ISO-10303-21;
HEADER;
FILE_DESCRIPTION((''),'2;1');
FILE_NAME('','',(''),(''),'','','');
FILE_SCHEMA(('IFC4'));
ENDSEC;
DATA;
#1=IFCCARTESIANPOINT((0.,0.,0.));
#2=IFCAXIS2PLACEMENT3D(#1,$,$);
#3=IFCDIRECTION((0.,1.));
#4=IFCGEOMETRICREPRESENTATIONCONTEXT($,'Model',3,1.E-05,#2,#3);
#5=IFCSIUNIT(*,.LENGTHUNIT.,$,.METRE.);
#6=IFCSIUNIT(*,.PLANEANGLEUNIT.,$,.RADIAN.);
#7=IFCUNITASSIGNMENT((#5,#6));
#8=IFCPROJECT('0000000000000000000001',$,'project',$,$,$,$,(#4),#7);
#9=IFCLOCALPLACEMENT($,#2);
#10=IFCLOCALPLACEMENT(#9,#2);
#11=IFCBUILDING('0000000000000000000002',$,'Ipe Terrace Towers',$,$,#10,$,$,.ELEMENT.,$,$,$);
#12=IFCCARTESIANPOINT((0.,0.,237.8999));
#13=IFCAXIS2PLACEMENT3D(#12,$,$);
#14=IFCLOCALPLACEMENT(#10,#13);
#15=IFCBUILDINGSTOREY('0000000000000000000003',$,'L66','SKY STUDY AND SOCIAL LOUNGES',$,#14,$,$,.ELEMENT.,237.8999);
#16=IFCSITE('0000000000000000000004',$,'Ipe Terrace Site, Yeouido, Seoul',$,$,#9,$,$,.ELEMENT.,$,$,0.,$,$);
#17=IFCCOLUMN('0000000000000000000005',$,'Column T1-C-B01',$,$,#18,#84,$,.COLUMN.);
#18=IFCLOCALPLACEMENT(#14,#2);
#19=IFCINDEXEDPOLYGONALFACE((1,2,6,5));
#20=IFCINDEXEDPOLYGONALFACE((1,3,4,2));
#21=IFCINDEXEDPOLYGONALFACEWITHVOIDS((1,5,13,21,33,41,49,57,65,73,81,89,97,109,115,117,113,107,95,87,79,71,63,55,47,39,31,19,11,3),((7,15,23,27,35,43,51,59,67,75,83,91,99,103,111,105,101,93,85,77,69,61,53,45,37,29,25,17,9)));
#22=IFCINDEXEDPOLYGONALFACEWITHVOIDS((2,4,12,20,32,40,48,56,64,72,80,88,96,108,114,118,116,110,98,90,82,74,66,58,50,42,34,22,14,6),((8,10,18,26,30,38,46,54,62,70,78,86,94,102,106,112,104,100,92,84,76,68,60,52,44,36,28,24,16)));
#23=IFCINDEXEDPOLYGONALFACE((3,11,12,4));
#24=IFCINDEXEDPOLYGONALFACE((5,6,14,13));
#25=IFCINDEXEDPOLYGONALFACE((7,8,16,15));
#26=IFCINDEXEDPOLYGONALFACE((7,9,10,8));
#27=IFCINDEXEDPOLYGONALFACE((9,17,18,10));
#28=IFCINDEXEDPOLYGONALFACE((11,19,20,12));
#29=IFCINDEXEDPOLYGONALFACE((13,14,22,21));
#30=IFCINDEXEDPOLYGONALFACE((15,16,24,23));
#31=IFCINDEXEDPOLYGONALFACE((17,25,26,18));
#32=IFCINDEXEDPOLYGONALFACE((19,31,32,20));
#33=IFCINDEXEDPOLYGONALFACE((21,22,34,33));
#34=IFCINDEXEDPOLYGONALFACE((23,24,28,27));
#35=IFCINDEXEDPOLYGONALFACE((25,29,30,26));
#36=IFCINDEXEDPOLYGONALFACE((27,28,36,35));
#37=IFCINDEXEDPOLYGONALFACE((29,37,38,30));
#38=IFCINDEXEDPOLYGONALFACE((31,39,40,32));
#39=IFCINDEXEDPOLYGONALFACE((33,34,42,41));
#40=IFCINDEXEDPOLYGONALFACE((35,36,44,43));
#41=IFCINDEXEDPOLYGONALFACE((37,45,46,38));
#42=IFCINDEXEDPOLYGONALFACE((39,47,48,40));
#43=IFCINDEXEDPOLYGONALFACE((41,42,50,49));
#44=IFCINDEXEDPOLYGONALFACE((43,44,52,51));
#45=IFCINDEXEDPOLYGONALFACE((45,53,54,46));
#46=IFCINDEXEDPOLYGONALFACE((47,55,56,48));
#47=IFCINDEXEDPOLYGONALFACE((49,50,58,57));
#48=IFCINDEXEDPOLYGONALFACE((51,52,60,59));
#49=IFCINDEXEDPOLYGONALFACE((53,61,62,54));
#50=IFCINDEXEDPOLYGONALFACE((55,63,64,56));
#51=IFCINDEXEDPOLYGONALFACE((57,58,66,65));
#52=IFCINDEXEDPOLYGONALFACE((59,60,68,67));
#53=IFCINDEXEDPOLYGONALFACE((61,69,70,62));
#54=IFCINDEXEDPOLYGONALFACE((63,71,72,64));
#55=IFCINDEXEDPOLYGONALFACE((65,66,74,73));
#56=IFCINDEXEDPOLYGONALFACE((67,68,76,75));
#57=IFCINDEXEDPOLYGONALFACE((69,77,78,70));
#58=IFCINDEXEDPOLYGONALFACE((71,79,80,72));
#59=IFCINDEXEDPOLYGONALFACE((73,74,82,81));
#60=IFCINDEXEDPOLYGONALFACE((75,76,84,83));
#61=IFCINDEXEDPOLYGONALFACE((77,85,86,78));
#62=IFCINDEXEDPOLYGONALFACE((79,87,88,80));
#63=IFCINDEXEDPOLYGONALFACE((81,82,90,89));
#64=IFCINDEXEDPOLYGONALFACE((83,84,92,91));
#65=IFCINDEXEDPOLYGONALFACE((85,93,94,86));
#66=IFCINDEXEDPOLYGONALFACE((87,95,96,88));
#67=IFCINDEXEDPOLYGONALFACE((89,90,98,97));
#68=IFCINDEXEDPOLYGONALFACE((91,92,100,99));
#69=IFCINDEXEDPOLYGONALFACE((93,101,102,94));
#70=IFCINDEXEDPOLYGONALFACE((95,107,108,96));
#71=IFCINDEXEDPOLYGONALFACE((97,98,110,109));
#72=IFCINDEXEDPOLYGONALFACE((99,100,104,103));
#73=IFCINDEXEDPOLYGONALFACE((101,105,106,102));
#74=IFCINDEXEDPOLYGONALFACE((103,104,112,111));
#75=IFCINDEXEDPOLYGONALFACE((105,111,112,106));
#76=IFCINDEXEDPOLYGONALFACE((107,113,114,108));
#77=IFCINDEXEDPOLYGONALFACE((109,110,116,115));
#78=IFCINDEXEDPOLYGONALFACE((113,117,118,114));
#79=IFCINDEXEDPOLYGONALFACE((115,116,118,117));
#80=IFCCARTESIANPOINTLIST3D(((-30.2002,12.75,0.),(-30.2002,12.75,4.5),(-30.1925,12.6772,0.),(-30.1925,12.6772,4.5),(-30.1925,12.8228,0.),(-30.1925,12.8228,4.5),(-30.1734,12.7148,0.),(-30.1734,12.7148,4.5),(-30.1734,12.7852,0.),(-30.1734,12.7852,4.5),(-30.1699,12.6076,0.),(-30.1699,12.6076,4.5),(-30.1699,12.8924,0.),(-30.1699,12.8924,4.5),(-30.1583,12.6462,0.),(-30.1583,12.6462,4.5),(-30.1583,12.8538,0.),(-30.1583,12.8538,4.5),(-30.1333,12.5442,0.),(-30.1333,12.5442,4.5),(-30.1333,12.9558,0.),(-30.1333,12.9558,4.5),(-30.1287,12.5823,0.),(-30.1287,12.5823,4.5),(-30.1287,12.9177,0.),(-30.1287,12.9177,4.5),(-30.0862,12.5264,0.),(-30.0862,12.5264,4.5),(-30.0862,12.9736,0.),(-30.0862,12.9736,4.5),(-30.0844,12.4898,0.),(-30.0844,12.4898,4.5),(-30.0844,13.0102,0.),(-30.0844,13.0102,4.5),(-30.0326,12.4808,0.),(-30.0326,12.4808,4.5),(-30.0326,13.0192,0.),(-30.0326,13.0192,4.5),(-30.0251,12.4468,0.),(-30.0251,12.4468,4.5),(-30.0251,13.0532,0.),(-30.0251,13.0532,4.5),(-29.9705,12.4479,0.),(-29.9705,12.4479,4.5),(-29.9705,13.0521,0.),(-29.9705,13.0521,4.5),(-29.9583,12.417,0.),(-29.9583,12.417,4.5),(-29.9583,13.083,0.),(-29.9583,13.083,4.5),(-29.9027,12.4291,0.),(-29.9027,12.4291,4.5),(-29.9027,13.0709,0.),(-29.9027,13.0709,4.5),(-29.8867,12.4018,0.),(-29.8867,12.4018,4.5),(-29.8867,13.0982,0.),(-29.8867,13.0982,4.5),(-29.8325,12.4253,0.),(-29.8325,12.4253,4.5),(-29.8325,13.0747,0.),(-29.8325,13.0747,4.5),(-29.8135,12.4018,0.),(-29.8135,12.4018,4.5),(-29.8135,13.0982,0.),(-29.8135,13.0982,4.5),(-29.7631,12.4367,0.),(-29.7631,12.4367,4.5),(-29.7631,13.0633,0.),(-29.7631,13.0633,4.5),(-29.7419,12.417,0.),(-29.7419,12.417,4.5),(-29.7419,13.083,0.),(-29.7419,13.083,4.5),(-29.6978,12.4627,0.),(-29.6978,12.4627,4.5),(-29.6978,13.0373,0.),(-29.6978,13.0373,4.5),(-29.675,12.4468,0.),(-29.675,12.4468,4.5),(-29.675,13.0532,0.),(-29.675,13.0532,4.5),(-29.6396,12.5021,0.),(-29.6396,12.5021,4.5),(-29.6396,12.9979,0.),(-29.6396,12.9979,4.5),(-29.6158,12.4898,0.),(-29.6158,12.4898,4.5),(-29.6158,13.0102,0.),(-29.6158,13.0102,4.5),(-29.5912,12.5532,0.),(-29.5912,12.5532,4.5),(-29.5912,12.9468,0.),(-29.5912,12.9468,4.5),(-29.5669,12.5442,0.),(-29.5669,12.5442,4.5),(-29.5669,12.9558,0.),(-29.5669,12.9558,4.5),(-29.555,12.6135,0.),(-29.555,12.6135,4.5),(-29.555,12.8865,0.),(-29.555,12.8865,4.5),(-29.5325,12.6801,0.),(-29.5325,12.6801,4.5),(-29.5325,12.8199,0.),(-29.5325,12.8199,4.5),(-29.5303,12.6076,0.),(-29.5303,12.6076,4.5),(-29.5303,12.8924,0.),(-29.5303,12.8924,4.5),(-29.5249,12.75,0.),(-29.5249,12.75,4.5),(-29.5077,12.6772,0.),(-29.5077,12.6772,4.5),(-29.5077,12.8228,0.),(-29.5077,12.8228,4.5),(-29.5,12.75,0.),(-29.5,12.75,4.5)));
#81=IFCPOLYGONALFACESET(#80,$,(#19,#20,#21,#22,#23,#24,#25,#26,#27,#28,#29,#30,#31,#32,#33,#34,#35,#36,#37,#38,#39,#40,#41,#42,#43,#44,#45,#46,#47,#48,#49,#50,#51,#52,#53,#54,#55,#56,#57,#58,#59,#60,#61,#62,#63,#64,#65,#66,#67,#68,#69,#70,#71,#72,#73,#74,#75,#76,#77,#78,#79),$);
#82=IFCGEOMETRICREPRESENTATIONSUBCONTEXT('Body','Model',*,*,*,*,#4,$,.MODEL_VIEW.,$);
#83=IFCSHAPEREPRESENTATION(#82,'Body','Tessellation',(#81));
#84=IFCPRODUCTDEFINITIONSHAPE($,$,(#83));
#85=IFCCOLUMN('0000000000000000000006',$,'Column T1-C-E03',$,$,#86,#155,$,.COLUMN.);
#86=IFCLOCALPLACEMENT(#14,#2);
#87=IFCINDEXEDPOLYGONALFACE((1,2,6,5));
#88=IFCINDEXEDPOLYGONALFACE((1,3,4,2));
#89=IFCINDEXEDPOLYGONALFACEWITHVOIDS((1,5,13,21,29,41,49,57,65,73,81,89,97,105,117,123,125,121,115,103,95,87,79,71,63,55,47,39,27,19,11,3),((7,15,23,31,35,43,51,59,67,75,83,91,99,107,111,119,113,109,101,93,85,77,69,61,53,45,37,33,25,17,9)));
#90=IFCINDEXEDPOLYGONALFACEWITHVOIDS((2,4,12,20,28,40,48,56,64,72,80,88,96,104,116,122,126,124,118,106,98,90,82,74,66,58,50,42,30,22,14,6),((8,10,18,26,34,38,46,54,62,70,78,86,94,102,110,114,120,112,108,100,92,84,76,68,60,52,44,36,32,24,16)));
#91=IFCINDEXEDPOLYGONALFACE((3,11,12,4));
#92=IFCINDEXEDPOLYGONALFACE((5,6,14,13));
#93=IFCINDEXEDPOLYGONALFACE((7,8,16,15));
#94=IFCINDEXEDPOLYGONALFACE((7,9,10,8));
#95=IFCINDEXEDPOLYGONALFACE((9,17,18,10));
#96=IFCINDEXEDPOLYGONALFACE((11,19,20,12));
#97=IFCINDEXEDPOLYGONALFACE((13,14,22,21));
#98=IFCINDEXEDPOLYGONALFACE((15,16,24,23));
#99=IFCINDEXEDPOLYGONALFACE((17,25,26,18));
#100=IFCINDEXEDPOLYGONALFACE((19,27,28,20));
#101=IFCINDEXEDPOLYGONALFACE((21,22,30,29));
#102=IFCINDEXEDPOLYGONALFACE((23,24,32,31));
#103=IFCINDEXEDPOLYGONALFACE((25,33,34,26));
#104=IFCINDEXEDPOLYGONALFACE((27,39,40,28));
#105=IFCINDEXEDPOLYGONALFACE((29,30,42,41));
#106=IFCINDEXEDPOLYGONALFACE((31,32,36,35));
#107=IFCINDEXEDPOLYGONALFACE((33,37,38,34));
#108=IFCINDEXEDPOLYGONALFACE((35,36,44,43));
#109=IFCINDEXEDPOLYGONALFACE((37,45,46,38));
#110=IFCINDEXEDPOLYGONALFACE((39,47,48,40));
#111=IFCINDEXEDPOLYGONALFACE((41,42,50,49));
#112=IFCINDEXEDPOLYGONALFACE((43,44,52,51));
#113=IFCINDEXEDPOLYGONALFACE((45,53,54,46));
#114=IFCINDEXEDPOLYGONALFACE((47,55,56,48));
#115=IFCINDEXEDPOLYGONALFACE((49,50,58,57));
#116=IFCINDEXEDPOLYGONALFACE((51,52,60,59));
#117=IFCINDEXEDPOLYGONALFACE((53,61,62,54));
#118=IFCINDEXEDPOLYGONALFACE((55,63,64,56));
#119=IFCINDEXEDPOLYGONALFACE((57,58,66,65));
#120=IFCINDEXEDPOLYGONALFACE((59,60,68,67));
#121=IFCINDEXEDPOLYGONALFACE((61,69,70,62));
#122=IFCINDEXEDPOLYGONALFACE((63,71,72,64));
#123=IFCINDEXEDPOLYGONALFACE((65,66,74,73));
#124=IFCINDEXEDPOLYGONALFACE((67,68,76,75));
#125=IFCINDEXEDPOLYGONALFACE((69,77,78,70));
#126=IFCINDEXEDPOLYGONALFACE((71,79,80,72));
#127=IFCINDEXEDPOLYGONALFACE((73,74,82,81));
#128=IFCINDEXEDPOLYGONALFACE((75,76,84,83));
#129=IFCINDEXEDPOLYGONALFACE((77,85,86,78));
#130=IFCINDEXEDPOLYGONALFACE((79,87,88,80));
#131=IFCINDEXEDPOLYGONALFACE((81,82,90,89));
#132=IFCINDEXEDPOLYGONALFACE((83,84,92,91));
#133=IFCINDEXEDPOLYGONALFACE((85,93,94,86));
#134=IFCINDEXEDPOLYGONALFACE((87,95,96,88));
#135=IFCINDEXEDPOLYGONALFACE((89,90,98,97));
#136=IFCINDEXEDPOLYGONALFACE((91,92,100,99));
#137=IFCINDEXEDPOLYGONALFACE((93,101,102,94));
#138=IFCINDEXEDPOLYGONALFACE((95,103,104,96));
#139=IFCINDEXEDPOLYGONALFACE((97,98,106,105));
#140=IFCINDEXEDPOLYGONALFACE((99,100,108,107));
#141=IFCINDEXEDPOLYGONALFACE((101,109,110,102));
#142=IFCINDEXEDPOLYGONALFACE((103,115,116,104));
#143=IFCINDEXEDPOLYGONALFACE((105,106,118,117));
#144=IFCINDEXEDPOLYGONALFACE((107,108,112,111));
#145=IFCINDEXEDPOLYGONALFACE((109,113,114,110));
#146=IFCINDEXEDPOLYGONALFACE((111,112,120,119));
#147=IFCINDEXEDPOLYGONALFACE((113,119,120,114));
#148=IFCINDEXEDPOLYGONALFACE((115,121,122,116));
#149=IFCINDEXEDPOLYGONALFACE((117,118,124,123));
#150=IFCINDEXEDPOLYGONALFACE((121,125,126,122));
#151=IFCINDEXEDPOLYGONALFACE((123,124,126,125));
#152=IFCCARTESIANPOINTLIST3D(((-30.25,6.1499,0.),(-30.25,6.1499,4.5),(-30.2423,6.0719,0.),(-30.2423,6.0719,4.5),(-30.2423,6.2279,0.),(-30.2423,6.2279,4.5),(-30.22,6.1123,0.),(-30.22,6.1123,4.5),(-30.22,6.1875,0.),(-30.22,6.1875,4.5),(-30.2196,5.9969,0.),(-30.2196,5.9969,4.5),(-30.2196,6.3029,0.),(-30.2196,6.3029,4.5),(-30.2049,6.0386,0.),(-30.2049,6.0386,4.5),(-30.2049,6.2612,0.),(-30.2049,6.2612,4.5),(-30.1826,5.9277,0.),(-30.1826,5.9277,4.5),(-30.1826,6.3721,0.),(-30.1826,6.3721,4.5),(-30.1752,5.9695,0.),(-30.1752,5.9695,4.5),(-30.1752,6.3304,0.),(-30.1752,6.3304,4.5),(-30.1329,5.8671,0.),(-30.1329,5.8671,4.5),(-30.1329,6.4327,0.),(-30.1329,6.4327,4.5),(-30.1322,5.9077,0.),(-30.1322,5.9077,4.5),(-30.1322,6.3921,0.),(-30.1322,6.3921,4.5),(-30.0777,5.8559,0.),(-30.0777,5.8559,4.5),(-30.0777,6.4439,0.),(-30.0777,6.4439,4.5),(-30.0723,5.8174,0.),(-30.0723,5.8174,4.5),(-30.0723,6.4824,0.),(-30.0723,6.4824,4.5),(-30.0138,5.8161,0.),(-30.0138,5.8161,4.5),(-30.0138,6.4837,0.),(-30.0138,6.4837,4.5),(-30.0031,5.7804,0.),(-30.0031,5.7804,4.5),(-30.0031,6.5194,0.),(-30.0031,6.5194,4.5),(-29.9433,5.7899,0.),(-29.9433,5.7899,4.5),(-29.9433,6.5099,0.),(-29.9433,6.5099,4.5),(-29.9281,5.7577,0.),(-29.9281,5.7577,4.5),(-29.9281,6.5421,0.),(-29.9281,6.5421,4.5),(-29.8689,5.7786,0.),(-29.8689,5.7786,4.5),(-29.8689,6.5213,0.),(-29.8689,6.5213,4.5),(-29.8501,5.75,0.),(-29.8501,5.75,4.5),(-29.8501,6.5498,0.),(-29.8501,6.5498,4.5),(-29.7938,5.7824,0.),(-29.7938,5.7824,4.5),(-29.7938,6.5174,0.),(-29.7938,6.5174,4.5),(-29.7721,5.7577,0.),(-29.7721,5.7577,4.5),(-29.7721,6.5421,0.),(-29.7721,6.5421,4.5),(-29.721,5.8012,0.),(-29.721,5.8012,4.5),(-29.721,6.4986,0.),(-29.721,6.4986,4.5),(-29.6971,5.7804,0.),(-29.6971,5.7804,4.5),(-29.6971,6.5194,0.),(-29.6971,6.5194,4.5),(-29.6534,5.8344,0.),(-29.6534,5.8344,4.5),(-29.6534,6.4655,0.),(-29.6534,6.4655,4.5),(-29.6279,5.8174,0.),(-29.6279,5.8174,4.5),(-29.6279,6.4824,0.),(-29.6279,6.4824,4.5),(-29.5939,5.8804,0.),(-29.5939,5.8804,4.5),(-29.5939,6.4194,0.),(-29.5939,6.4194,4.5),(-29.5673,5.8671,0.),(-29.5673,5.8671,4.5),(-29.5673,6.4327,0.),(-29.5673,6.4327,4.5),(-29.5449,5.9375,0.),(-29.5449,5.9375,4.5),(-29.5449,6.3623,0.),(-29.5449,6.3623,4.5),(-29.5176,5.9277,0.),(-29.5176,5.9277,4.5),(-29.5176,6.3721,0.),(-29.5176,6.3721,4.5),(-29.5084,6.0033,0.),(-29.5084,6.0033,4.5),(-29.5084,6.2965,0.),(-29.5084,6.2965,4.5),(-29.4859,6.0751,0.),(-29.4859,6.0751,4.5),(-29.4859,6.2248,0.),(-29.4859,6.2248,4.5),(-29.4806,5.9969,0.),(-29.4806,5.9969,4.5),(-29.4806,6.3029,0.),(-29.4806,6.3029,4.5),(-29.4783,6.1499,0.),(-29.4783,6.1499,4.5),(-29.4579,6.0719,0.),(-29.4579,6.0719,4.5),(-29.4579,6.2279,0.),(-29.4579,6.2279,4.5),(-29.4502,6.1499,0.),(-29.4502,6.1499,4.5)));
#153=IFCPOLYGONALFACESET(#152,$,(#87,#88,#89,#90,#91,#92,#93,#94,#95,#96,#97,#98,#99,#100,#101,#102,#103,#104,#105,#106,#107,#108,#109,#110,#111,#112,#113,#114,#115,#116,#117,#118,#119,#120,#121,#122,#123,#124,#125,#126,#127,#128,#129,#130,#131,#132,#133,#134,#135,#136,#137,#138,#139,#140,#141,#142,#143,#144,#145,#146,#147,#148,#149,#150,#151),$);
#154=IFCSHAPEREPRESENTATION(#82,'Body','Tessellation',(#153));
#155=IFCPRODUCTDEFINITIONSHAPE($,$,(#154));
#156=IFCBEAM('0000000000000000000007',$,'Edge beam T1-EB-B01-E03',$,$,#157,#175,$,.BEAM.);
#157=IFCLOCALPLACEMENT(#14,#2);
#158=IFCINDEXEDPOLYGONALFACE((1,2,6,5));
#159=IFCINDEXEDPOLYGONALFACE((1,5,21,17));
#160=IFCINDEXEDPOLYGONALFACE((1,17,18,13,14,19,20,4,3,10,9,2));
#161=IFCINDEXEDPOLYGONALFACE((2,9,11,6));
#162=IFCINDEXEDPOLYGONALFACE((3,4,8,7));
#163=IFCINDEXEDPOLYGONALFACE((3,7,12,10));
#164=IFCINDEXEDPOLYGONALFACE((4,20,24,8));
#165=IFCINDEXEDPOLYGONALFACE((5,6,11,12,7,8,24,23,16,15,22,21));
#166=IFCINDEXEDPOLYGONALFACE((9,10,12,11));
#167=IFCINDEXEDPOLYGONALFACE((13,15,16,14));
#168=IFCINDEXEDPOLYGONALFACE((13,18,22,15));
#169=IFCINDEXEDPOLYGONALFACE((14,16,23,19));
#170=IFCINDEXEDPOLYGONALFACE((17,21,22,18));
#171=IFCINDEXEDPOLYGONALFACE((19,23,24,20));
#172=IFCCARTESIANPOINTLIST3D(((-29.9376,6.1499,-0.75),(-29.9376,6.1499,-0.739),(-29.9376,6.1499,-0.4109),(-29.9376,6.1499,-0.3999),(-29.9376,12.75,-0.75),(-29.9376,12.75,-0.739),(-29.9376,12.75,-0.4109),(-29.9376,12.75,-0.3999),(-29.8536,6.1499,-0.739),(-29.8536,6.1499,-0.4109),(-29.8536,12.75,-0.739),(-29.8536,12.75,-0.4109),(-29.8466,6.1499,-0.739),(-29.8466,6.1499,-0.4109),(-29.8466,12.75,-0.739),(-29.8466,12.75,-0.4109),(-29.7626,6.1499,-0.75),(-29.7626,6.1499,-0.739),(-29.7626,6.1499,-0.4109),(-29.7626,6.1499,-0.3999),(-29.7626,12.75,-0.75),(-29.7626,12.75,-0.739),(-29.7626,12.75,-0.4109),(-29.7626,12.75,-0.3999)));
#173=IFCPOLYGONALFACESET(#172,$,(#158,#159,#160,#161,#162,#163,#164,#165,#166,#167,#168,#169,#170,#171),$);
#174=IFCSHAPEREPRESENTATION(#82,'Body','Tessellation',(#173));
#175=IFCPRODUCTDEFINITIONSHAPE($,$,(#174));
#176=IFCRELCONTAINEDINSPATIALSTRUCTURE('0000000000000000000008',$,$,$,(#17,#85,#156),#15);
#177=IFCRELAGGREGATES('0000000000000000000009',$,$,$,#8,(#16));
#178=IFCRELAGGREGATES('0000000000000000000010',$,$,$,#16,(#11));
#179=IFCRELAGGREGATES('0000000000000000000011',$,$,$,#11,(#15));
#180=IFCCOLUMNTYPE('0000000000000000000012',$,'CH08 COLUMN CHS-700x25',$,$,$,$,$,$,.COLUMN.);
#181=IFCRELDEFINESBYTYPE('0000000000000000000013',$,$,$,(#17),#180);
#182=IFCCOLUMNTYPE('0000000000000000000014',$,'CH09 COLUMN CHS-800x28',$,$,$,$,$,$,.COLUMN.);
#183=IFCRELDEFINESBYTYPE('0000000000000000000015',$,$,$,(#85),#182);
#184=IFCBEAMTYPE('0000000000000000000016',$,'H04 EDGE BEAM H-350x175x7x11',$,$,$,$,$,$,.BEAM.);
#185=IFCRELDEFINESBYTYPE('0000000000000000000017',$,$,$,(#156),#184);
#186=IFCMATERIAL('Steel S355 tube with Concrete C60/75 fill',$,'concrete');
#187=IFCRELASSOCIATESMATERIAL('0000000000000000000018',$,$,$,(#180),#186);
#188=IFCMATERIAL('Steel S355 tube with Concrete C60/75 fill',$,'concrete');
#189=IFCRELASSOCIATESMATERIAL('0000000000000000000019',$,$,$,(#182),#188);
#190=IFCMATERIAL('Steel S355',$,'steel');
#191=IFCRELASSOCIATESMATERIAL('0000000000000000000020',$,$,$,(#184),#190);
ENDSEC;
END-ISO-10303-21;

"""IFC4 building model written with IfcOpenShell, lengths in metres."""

from ifc_helpers import new_model, si_unit, direction, frame, origin, origin_2d, place, context, subcontext, project, spatial, hollow_circle, i_section, extrude, material, material_profile, profile_set, type_object, element, save


model = new_model("IFC4")

# Units and contexts
model_context = context("Model", 3, precision=1e-05, world=origin(), true_north=direction((0.0, 1.0)))
body_context = subcontext(model_context, "Body", "Model", "MODEL_VIEW")
ifc_project = project(units=[si_unit("LENGTHUNIT", "METRE"), si_unit("PLANEANGLEUNIT", "RADIAN")], contexts=[model_context])

# Site, building, storey
site_placement = place(None, origin())
site = spatial("IfcSite", under=ifc_project, at=site_placement, Name="Ipe Terrace Site, Yeouido, Seoul", CompositionType="ELEMENT", RefElevation=0.0)
building_placement = place(site_placement, origin())
building = spatial("IfcBuilding", under=site, at=building_placement, Name="Ipe Terrace Towers", CompositionType="ELEMENT")
storey_placement = place(building_placement, frame((0.0, 0.0, 237.8999)))
storey = spatial("IfcBuildingStorey", under=building, at=storey_placement, Name="L66", Description="SKY STUDY AND SOCIAL LOUNGES", CompositionType="ELEMENT", Elevation=237.8999)

# Columns
ifc_material_1 = material(Name="Steel S355 tube with Concrete C60/75 fill", Category="concrete")
ifc_material_profile_1 = material_profile(ifc_material_1, hollow_circle(Radius=0.3501, WallThickness=0.0249, at=origin_2d()), Name="CHS-700x25")
ifc_profile_set_1 = profile_set([ifc_material_profile_1], Name="Steel S355 tube with Concrete C60/75 fill")
column_type_1 = type_object("IfcColumnType", Name="CH08 COLUMN CHS-700x25", PredefinedType="COLUMN", material=ifc_profile_set_1)
column_1_placement = place(storey_placement, frame((-29.8501, 12.75, 0.0), z_axis=(0.0, 0.0, 1.0), x_axis=(1.0, 0.0, 0.0)))
element("IfcColumn", 1, at=column_1_placement, inside=storey, type_object=column_type_1, Name="Column T1-C-B01", PredefinedType="COLUMN", context=body_context, shape_type="SweptSolid", body=[
    extrude(hollow_circle(Radius=0.3501, WallThickness=0.0249, at=origin_2d()), origin(), (0.0, 0.0, 1.0), 4.5),
])
ifc_material_2 = material(Name="Steel S355 tube with Concrete C60/75 fill", Category="concrete")
ifc_material_profile_2 = material_profile(ifc_material_2, hollow_circle(Radius=0.3999, WallThickness=0.0281, at=origin_2d()), Name="CHS-800x28")
ifc_profile_set_2 = profile_set([ifc_material_profile_2], Name="Steel S355 tube with Concrete C60/75 fill")
column_type_2 = type_object("IfcColumnType", Name="CH09 COLUMN CHS-800x28", PredefinedType="COLUMN", material=ifc_profile_set_2)
column_2_placement = place(storey_placement, frame((-29.8501, 6.1499, 0.0), z_axis=(0.0, 0.0, 1.0), x_axis=(1.0, 0.0, 0.0)))
element("IfcColumn", 2, at=column_2_placement, inside=storey, type_object=column_type_2, Name="Column T1-C-E03", PredefinedType="COLUMN", context=body_context, shape_type="SweptSolid", body=[
    extrude(hollow_circle(Radius=0.3999, WallThickness=0.0281, at=origin_2d()), origin(), (0.0, 0.0, 1.0), 4.5),
])

# Beam
ifc_material_3 = material(Name="Steel S355", Category="steel")
ifc_material_profile_3 = material_profile(ifc_material_3, i_section(OverallWidth=0.175, OverallDepth=0.3501, WebThickness=0.0071, FlangeThickness=0.011, at=origin_2d()), Name="H-350x175x7x11")
ifc_profile_set_3 = profile_set([ifc_material_profile_3], Name="Steel S355")
beam_type = type_object("IfcBeamType", Name="H04 EDGE BEAM H-350x175x7x11", PredefinedType="BEAM", material=ifc_profile_set_3)
beam_placement = place(storey_placement, frame((-29.8501, 12.75, -0.575), z_axis=(0.0, -1.0, 0.0), x_axis=(1.0, 0.0, 0.0)))
element("IfcBeam", 3, at=beam_placement, inside=storey, type_object=beam_type, Name="Edge beam T1-EB-B01-E03", PredefinedType="BEAM", context=body_context, shape_type="SweptSolid", body=[
    extrude(i_section(OverallWidth=0.175, OverallDepth=0.3501, WebThickness=0.0071, FlangeThickness=0.011, at=origin_2d()), origin(), (0.0, 0.0, 1.0), 6.6001),
])

save(model, "model.ifc")
